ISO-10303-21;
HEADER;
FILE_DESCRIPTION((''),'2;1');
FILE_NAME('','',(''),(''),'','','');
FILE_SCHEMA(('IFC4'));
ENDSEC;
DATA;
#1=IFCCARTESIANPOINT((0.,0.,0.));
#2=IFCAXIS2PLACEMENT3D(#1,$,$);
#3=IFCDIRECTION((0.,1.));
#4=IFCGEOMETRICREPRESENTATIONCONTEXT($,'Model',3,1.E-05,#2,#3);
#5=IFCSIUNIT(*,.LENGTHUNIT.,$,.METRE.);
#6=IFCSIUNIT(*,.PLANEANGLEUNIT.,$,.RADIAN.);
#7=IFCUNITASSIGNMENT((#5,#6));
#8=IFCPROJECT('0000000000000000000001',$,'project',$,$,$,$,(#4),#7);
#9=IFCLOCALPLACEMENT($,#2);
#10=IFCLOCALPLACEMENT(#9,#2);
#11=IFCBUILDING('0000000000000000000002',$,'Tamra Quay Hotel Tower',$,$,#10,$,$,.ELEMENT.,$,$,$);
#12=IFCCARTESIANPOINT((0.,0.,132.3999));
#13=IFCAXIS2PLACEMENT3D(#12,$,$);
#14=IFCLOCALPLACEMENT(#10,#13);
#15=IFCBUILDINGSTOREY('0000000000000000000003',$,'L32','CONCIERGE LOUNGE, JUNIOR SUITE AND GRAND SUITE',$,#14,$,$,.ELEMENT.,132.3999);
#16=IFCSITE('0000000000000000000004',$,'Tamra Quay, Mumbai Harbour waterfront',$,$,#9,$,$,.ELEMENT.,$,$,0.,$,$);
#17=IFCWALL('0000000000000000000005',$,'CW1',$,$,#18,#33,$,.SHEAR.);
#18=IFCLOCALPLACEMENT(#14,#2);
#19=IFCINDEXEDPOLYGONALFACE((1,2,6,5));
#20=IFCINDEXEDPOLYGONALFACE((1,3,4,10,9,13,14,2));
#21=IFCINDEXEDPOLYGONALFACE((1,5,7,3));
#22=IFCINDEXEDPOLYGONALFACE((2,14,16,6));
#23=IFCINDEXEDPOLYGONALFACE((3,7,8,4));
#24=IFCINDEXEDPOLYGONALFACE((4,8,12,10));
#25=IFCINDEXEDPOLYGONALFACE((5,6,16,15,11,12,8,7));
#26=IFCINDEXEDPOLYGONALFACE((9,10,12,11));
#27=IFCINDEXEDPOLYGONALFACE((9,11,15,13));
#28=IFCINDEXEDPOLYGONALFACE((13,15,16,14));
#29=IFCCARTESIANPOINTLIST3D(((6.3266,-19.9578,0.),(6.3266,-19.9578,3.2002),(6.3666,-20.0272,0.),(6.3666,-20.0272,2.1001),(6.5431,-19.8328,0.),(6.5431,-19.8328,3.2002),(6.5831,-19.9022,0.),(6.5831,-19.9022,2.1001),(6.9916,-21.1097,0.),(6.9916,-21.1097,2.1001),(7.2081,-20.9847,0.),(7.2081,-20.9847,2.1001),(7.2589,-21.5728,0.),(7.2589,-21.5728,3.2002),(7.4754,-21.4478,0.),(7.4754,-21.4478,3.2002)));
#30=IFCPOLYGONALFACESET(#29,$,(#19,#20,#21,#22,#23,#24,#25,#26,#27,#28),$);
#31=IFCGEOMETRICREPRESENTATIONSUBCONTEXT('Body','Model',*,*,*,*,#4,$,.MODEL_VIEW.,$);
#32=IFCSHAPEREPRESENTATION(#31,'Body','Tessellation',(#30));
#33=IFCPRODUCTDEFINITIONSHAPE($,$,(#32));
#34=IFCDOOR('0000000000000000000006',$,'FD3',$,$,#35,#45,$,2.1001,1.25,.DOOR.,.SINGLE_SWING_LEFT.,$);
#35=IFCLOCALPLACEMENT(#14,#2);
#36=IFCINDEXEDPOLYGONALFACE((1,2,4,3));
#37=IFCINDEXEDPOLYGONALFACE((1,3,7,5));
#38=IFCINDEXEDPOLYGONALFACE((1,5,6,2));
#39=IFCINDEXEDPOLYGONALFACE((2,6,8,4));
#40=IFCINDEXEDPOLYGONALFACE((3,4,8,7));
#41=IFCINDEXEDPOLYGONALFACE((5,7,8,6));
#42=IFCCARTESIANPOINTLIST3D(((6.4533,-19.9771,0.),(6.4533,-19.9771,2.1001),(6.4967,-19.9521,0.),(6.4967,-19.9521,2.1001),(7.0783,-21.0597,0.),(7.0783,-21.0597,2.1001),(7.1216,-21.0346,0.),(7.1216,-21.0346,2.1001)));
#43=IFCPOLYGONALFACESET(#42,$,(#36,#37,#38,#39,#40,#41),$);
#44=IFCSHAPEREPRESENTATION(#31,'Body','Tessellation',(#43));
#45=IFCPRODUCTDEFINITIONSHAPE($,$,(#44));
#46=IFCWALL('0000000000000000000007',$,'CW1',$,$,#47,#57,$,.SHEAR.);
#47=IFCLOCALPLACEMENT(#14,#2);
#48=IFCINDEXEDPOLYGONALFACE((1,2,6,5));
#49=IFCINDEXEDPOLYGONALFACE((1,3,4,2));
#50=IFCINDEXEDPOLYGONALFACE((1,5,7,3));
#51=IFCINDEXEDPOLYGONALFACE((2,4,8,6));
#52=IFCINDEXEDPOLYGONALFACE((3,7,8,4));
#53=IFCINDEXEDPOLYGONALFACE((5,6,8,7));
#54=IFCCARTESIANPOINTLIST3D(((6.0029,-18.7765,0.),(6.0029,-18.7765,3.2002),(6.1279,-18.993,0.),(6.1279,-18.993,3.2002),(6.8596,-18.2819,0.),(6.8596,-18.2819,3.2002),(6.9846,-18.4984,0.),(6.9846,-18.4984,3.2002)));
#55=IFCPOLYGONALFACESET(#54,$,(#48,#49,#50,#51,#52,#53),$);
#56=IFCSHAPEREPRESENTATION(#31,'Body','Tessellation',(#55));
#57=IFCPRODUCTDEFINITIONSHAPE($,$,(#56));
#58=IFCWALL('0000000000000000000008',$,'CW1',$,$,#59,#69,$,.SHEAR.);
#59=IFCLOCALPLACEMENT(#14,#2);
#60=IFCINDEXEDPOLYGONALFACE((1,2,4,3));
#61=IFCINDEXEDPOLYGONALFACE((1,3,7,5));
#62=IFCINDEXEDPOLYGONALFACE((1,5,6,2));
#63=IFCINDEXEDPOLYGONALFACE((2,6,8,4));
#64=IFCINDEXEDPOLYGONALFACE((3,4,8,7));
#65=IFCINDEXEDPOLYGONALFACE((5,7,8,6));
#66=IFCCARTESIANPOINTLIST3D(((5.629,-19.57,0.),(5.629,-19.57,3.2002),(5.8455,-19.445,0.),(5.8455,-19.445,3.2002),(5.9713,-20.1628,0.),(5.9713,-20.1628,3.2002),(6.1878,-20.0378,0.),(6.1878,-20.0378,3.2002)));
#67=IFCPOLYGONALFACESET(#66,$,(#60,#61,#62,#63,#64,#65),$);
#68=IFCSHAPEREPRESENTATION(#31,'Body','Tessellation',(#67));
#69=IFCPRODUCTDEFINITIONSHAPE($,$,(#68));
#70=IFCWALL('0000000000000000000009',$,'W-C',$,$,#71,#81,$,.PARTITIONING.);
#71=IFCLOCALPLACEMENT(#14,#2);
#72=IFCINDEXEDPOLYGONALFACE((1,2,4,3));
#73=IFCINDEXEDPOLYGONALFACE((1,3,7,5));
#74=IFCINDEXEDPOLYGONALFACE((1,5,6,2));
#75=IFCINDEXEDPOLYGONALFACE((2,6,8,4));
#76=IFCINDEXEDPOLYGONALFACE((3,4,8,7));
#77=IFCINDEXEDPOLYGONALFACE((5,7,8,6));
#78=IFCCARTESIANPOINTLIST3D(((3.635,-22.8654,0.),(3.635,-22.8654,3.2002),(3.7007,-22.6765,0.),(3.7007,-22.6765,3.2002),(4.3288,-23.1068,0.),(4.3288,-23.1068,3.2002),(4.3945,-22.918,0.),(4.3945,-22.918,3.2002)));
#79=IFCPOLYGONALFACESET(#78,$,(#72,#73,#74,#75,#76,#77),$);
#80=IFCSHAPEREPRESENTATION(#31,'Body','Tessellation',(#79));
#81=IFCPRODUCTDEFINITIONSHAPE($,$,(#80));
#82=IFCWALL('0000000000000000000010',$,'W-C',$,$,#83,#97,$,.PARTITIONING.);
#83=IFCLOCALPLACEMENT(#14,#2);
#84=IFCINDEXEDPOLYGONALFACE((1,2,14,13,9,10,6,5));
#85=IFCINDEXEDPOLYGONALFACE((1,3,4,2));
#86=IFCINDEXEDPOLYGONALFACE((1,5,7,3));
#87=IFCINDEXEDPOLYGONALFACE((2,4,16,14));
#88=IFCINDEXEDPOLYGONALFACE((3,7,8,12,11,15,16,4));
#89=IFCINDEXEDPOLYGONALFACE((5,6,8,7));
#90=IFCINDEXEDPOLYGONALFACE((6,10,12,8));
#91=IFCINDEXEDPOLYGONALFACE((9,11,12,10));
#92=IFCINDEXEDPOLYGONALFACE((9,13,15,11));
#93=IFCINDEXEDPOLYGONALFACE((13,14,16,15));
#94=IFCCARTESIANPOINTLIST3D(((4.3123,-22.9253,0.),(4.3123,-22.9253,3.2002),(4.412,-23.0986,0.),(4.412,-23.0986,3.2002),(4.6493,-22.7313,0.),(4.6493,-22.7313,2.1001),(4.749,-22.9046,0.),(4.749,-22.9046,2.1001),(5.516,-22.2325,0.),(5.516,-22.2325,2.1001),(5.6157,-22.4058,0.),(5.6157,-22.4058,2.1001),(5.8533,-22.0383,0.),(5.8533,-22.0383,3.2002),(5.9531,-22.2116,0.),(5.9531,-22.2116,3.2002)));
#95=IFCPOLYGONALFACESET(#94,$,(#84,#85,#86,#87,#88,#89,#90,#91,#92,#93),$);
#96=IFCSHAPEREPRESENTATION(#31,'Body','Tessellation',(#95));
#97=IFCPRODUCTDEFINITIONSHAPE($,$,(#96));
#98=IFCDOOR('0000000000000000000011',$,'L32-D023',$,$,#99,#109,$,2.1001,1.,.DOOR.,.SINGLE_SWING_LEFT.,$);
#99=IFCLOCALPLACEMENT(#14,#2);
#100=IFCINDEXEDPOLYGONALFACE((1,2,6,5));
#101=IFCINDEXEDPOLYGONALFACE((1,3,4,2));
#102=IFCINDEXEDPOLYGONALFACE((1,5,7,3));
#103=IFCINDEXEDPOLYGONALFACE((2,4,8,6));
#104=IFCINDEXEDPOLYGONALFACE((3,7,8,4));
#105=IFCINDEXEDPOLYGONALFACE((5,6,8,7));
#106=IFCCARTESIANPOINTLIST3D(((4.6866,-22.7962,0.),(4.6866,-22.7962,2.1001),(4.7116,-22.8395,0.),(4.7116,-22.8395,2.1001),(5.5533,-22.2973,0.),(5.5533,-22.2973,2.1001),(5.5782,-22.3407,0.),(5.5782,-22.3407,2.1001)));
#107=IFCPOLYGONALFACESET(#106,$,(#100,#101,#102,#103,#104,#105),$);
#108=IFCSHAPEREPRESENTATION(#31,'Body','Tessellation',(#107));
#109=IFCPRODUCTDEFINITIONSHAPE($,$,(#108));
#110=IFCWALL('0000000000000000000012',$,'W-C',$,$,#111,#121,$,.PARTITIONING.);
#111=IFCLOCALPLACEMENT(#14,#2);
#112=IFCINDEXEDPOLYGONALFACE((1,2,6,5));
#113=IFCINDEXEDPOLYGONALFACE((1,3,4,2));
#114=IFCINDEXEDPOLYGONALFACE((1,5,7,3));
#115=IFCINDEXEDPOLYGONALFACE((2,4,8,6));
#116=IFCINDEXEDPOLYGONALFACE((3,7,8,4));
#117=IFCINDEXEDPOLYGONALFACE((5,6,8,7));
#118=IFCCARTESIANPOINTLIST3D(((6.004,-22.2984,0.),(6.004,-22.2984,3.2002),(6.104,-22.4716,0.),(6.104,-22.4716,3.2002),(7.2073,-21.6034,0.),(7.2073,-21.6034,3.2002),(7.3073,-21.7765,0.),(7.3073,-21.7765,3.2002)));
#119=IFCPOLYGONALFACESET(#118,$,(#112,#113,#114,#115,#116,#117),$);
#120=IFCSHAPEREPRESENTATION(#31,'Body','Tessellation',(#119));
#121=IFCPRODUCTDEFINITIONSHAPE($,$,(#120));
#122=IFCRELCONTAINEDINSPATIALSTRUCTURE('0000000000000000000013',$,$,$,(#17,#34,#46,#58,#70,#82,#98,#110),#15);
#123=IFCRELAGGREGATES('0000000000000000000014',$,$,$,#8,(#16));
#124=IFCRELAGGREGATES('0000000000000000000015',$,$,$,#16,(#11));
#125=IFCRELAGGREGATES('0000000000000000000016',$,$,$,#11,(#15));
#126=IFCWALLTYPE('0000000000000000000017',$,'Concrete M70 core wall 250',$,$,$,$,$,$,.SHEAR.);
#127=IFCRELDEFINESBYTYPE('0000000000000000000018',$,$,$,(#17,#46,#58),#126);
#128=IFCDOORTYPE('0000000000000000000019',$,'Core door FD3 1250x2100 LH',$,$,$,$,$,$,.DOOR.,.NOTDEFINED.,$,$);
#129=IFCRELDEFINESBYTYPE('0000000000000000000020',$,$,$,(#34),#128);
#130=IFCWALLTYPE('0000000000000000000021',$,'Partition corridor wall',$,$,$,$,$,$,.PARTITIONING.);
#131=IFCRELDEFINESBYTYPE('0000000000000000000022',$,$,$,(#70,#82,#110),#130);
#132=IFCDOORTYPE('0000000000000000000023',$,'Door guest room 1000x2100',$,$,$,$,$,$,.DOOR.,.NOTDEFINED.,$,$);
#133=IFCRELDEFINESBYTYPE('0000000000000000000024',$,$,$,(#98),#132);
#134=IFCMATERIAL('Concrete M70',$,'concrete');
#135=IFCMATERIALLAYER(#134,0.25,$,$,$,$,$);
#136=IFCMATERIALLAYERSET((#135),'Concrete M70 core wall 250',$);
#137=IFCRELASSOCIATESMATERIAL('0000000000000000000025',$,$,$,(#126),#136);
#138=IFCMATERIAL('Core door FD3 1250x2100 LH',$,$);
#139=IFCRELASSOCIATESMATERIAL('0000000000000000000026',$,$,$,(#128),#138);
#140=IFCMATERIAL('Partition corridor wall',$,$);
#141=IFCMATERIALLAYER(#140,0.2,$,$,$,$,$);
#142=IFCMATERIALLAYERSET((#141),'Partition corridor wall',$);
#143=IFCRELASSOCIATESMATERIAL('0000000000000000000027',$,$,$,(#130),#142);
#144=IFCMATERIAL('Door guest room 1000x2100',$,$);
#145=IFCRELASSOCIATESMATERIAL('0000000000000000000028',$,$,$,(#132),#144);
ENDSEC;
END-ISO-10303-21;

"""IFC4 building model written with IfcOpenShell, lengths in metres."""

from ifc_helpers import new_model, si_unit, direction, frame, frame_2d, origin, place, context, subcontext, project, spatial, rectangle, extrude, material, layer, layer_set, type_object, element, fill, save


model = new_model("IFC4")

# Units and contexts
model_context = context("Model", 3, precision=1e-05, world=origin(), true_north=direction((0.0, 1.0)))
body_context = subcontext(model_context, "Body", "Model", "MODEL_VIEW")
ifc_project = project(units=[si_unit("LENGTHUNIT", "METRE"), si_unit("PLANEANGLEUNIT", "RADIAN")], contexts=[model_context])

# Site, building, storey
site_placement = place(None, origin())
site = spatial("IfcSite", under=ifc_project, at=site_placement, Name="Tamra Quay, Mumbai Harbour waterfront", CompositionType="ELEMENT", RefElevation=0.0)
building_placement = place(site_placement, origin())
building = spatial("IfcBuilding", under=site, at=building_placement, Name="Tamra Quay Hotel Tower", CompositionType="ELEMENT")
storey_placement = place(building_placement, frame((0.0, 0.0, 132.3999)))
storey = spatial("IfcBuildingStorey", under=building, at=storey_placement, Name="L32", Description="CONCIERGE LOUNGE, JUNIOR SUITE AND GRAND SUITE", CompositionType="ELEMENT", Elevation=132.3999)

# Shared definitions
ifc_material_1 = material(Name="Concrete M70", Category="concrete")

# Shared definitions
ifc_layer_1 = layer(ifc_material_1, 0.25)
ifc_layer_set_1 = layer_set([ifc_layer_1], Name="Concrete M70 core wall 250")
wall_type_1 = type_object("IfcWallType", Name="Concrete M70 core wall 250", PredefinedType="SHEAR", material=ifc_layer_set_1)

# Wall, opening, door
wall_1_placement = place(storey_placement, frame((7.3672, -21.5103, 0.0), z_axis=(0.0, 0.0, 1.0), x_axis=(-0.499983, 0.866035, 0.0)))
wall_1 = element("IfcWall", 1, at=wall_1_placement, inside=storey, type_object=wall_type_1, Name="CW1", PredefinedType="SHEAR", context=body_context, shape_type="SweptSolid", body=[
    extrude(rectangle(XDim=1.8647, YDim=0.25, at=frame_2d((0.9324, 0.0))), origin(), (0.0, 0.0, 1.0), 3.2002),
])
opening_1_placement = place(wall_1_placement, frame((0.5347, 0.0, 0.0)))
opening_1 = element("IfcOpeningElement", 2, at=opening_1_placement, cuts=wall_1, PredefinedType="OPENING", context=body_context, shape_type="SweptSolid", body=[
    extrude(rectangle(XDim=1.25, YDim=2.1001, at=frame_2d((0.625, 1.05))), frame((0.0, 0.135, 0.0), z_axis=(0.0, -1.0, 0.0), x_axis=(1.0, 0.0, 0.0)), (0.0, 0.0, 1.0), 0.27),
])
ifc_material_2 = material(Name="Core door FD3 1250x2100 LH")
door_type_1 = type_object("IfcDoorType", Name="Core door FD3 1250x2100 LH", OperationType="NOTDEFINED", PredefinedType="DOOR", material=ifc_material_2)
door_1_placement = place(opening_1_placement, origin())
door_1 = element("IfcDoor", 3, at=door_1_placement, inside=storey, type_object=door_type_1, Name="FD3", OperationType="SINGLE_SWING_LEFT", OverallHeight=2.1001, OverallWidth=1.25, PredefinedType="DOOR", context=body_context, shape_type="SweptSolid", body=[
    extrude(rectangle(XDim=1.25, YDim=2.1001, at=frame_2d((0.625, 1.05))), frame((0.0, 0.0249, 0.0), z_axis=(0.0, -1.0, 0.0), x_axis=(1.0, 0.0, 0.0)), (0.0, 0.0, 1.0), 0.05),
])
fill(opening_1, door_1)

# Walls
wall_2_placement = place(storey_placement, frame((6.0654, -18.8848, 0.0), z_axis=(0.0, 0.0, 1.0), x_axis=(0.866017, 0.500014, 0.0)))
element("IfcWall", 4, at=wall_2_placement, inside=storey, type_object=wall_type_1, Name="CW1", PredefinedType="SHEAR", context=body_context, shape_type="SweptSolid", body=[
    extrude(rectangle(XDim=0.9893, YDim=0.25, at=frame_2d((0.4946, 0.0))), origin(), (0.0, 0.0, 1.0), 3.2002),
])
wall_3_placement = place(storey_placement, frame((6.0796, -20.1003, 0.0), z_axis=(0.0, 0.0, 1.0), x_axis=(-0.500052, 0.865996, 0.0)))
element("IfcWall", 5, at=wall_3_placement, inside=storey, type_object=wall_type_1, Name="CW1", PredefinedType="SHEAR", context=body_context, shape_type="SweptSolid", body=[
    extrude(rectangle(XDim=0.6846, YDim=0.25, at=frame_2d((0.3423, 0.0))), origin(), (0.0, 0.0, 1.0), 3.2002),
])
ifc_material_3 = material(Name="Partition corridor wall")
ifc_layer_2 = layer(ifc_material_3, 0.2)
ifc_layer_set_2 = layer_set([ifc_layer_2], Name="Partition corridor wall")
wall_type_2 = type_object("IfcWallType", Name="Partition corridor wall", PredefinedType="PARTITIONING", material=ifc_layer_set_2)
wall_4_placement = place(storey_placement, frame((3.668, -22.771, 0.0), z_axis=(0.0, 0.0, 1.0), x_axis=(0.944447, -0.328662, 0.0)))
element("IfcWall", 6, at=wall_4_placement, inside=storey, type_object=wall_type_2, Name="W-C", PredefinedType="PARTITIONING", context=body_context, shape_type="SweptSolid", body=[
    extrude(rectangle(XDim=0.7346, YDim=0.2, at=frame_2d((0.3672, 0.0))), origin(), (0.0, 0.0, 1.0), 3.2002),
])

# Wall, opening, door
wall_5_placement = place(storey_placement, frame((4.3621, -23.012, 0.0), z_axis=(0.0, 0.0, 1.0), x_axis=(0.866693, 0.498843, 0.0)))
wall_5 = element("IfcWall", 7, at=wall_5_placement, inside=storey, type_object=wall_type_2, Name="W-C", PredefinedType="PARTITIONING", context=body_context, shape_type="SweptSolid", body=[
    extrude(rectangle(XDim=1.7781, YDim=0.2, at=frame_2d((0.8892, 0.0))), origin(), (0.0, 0.0, 1.0), 3.2002),
])
opening_2_placement = place(wall_5_placement, frame((0.3889, 0.0, 0.0)))
opening_2 = element("IfcOpeningElement", 8, at=opening_2_placement, cuts=wall_5, PredefinedType="OPENING", context=body_context, shape_type="SweptSolid", body=[
    extrude(rectangle(XDim=1.0, YDim=2.1001, at=frame_2d((0.5, 1.05))), frame((0.0, 0.1099, 0.0), z_axis=(0.0, -1.0, 0.0), x_axis=(1.0, 0.0, 0.0)), (0.0, 0.0, 1.0), 0.22),
])
ifc_material_4 = material(Name="Door guest room 1000x2100")
door_type_2 = type_object("IfcDoorType", Name="Door guest room 1000x2100", OperationType="NOTDEFINED", PredefinedType="DOOR", material=ifc_material_4)
door_2_placement = place(opening_2_placement, frame((1.0, 0.0, 0.0), z_axis=(0.0, 0.0, 1.0), x_axis=(-1.0, 0.0, 0.0)))
door_2 = element("IfcDoor", 9, at=door_2_placement, inside=storey, type_object=door_type_2, Name="L32-D023", OperationType="SINGLE_SWING_LEFT", OverallHeight=2.1001, OverallWidth=1.0, PredefinedType="DOOR", context=body_context, shape_type="SweptSolid", body=[
    extrude(rectangle(XDim=1.0, YDim=2.1001, at=frame_2d((0.5, 1.05))), frame((0.0, 0.0249, 0.0), z_axis=(0.0, -1.0, 0.0), x_axis=(1.0, 0.0, 0.0)), (0.0, 0.0, 1.0), 0.05),
])
fill(opening_2, door_2)

# Wall
wall_6_placement = place(storey_placement, frame((6.054, -22.385, 0.0), z_axis=(0.0, 0.0, 1.0), x_axis=(0.865931, 0.500163, 0.0)))
element("IfcWall", 10, at=wall_6_placement, inside=storey, type_object=wall_type_2, Name="W-C", PredefinedType="PARTITIONING", context=body_context, shape_type="SweptSolid", body=[
    extrude(rectangle(XDim=1.3896, YDim=0.2, at=frame_2d((0.6948, 0.0))), origin(), (0.0, 0.0, 1.0), 3.2002),
])

save(model, "model.ifc")
